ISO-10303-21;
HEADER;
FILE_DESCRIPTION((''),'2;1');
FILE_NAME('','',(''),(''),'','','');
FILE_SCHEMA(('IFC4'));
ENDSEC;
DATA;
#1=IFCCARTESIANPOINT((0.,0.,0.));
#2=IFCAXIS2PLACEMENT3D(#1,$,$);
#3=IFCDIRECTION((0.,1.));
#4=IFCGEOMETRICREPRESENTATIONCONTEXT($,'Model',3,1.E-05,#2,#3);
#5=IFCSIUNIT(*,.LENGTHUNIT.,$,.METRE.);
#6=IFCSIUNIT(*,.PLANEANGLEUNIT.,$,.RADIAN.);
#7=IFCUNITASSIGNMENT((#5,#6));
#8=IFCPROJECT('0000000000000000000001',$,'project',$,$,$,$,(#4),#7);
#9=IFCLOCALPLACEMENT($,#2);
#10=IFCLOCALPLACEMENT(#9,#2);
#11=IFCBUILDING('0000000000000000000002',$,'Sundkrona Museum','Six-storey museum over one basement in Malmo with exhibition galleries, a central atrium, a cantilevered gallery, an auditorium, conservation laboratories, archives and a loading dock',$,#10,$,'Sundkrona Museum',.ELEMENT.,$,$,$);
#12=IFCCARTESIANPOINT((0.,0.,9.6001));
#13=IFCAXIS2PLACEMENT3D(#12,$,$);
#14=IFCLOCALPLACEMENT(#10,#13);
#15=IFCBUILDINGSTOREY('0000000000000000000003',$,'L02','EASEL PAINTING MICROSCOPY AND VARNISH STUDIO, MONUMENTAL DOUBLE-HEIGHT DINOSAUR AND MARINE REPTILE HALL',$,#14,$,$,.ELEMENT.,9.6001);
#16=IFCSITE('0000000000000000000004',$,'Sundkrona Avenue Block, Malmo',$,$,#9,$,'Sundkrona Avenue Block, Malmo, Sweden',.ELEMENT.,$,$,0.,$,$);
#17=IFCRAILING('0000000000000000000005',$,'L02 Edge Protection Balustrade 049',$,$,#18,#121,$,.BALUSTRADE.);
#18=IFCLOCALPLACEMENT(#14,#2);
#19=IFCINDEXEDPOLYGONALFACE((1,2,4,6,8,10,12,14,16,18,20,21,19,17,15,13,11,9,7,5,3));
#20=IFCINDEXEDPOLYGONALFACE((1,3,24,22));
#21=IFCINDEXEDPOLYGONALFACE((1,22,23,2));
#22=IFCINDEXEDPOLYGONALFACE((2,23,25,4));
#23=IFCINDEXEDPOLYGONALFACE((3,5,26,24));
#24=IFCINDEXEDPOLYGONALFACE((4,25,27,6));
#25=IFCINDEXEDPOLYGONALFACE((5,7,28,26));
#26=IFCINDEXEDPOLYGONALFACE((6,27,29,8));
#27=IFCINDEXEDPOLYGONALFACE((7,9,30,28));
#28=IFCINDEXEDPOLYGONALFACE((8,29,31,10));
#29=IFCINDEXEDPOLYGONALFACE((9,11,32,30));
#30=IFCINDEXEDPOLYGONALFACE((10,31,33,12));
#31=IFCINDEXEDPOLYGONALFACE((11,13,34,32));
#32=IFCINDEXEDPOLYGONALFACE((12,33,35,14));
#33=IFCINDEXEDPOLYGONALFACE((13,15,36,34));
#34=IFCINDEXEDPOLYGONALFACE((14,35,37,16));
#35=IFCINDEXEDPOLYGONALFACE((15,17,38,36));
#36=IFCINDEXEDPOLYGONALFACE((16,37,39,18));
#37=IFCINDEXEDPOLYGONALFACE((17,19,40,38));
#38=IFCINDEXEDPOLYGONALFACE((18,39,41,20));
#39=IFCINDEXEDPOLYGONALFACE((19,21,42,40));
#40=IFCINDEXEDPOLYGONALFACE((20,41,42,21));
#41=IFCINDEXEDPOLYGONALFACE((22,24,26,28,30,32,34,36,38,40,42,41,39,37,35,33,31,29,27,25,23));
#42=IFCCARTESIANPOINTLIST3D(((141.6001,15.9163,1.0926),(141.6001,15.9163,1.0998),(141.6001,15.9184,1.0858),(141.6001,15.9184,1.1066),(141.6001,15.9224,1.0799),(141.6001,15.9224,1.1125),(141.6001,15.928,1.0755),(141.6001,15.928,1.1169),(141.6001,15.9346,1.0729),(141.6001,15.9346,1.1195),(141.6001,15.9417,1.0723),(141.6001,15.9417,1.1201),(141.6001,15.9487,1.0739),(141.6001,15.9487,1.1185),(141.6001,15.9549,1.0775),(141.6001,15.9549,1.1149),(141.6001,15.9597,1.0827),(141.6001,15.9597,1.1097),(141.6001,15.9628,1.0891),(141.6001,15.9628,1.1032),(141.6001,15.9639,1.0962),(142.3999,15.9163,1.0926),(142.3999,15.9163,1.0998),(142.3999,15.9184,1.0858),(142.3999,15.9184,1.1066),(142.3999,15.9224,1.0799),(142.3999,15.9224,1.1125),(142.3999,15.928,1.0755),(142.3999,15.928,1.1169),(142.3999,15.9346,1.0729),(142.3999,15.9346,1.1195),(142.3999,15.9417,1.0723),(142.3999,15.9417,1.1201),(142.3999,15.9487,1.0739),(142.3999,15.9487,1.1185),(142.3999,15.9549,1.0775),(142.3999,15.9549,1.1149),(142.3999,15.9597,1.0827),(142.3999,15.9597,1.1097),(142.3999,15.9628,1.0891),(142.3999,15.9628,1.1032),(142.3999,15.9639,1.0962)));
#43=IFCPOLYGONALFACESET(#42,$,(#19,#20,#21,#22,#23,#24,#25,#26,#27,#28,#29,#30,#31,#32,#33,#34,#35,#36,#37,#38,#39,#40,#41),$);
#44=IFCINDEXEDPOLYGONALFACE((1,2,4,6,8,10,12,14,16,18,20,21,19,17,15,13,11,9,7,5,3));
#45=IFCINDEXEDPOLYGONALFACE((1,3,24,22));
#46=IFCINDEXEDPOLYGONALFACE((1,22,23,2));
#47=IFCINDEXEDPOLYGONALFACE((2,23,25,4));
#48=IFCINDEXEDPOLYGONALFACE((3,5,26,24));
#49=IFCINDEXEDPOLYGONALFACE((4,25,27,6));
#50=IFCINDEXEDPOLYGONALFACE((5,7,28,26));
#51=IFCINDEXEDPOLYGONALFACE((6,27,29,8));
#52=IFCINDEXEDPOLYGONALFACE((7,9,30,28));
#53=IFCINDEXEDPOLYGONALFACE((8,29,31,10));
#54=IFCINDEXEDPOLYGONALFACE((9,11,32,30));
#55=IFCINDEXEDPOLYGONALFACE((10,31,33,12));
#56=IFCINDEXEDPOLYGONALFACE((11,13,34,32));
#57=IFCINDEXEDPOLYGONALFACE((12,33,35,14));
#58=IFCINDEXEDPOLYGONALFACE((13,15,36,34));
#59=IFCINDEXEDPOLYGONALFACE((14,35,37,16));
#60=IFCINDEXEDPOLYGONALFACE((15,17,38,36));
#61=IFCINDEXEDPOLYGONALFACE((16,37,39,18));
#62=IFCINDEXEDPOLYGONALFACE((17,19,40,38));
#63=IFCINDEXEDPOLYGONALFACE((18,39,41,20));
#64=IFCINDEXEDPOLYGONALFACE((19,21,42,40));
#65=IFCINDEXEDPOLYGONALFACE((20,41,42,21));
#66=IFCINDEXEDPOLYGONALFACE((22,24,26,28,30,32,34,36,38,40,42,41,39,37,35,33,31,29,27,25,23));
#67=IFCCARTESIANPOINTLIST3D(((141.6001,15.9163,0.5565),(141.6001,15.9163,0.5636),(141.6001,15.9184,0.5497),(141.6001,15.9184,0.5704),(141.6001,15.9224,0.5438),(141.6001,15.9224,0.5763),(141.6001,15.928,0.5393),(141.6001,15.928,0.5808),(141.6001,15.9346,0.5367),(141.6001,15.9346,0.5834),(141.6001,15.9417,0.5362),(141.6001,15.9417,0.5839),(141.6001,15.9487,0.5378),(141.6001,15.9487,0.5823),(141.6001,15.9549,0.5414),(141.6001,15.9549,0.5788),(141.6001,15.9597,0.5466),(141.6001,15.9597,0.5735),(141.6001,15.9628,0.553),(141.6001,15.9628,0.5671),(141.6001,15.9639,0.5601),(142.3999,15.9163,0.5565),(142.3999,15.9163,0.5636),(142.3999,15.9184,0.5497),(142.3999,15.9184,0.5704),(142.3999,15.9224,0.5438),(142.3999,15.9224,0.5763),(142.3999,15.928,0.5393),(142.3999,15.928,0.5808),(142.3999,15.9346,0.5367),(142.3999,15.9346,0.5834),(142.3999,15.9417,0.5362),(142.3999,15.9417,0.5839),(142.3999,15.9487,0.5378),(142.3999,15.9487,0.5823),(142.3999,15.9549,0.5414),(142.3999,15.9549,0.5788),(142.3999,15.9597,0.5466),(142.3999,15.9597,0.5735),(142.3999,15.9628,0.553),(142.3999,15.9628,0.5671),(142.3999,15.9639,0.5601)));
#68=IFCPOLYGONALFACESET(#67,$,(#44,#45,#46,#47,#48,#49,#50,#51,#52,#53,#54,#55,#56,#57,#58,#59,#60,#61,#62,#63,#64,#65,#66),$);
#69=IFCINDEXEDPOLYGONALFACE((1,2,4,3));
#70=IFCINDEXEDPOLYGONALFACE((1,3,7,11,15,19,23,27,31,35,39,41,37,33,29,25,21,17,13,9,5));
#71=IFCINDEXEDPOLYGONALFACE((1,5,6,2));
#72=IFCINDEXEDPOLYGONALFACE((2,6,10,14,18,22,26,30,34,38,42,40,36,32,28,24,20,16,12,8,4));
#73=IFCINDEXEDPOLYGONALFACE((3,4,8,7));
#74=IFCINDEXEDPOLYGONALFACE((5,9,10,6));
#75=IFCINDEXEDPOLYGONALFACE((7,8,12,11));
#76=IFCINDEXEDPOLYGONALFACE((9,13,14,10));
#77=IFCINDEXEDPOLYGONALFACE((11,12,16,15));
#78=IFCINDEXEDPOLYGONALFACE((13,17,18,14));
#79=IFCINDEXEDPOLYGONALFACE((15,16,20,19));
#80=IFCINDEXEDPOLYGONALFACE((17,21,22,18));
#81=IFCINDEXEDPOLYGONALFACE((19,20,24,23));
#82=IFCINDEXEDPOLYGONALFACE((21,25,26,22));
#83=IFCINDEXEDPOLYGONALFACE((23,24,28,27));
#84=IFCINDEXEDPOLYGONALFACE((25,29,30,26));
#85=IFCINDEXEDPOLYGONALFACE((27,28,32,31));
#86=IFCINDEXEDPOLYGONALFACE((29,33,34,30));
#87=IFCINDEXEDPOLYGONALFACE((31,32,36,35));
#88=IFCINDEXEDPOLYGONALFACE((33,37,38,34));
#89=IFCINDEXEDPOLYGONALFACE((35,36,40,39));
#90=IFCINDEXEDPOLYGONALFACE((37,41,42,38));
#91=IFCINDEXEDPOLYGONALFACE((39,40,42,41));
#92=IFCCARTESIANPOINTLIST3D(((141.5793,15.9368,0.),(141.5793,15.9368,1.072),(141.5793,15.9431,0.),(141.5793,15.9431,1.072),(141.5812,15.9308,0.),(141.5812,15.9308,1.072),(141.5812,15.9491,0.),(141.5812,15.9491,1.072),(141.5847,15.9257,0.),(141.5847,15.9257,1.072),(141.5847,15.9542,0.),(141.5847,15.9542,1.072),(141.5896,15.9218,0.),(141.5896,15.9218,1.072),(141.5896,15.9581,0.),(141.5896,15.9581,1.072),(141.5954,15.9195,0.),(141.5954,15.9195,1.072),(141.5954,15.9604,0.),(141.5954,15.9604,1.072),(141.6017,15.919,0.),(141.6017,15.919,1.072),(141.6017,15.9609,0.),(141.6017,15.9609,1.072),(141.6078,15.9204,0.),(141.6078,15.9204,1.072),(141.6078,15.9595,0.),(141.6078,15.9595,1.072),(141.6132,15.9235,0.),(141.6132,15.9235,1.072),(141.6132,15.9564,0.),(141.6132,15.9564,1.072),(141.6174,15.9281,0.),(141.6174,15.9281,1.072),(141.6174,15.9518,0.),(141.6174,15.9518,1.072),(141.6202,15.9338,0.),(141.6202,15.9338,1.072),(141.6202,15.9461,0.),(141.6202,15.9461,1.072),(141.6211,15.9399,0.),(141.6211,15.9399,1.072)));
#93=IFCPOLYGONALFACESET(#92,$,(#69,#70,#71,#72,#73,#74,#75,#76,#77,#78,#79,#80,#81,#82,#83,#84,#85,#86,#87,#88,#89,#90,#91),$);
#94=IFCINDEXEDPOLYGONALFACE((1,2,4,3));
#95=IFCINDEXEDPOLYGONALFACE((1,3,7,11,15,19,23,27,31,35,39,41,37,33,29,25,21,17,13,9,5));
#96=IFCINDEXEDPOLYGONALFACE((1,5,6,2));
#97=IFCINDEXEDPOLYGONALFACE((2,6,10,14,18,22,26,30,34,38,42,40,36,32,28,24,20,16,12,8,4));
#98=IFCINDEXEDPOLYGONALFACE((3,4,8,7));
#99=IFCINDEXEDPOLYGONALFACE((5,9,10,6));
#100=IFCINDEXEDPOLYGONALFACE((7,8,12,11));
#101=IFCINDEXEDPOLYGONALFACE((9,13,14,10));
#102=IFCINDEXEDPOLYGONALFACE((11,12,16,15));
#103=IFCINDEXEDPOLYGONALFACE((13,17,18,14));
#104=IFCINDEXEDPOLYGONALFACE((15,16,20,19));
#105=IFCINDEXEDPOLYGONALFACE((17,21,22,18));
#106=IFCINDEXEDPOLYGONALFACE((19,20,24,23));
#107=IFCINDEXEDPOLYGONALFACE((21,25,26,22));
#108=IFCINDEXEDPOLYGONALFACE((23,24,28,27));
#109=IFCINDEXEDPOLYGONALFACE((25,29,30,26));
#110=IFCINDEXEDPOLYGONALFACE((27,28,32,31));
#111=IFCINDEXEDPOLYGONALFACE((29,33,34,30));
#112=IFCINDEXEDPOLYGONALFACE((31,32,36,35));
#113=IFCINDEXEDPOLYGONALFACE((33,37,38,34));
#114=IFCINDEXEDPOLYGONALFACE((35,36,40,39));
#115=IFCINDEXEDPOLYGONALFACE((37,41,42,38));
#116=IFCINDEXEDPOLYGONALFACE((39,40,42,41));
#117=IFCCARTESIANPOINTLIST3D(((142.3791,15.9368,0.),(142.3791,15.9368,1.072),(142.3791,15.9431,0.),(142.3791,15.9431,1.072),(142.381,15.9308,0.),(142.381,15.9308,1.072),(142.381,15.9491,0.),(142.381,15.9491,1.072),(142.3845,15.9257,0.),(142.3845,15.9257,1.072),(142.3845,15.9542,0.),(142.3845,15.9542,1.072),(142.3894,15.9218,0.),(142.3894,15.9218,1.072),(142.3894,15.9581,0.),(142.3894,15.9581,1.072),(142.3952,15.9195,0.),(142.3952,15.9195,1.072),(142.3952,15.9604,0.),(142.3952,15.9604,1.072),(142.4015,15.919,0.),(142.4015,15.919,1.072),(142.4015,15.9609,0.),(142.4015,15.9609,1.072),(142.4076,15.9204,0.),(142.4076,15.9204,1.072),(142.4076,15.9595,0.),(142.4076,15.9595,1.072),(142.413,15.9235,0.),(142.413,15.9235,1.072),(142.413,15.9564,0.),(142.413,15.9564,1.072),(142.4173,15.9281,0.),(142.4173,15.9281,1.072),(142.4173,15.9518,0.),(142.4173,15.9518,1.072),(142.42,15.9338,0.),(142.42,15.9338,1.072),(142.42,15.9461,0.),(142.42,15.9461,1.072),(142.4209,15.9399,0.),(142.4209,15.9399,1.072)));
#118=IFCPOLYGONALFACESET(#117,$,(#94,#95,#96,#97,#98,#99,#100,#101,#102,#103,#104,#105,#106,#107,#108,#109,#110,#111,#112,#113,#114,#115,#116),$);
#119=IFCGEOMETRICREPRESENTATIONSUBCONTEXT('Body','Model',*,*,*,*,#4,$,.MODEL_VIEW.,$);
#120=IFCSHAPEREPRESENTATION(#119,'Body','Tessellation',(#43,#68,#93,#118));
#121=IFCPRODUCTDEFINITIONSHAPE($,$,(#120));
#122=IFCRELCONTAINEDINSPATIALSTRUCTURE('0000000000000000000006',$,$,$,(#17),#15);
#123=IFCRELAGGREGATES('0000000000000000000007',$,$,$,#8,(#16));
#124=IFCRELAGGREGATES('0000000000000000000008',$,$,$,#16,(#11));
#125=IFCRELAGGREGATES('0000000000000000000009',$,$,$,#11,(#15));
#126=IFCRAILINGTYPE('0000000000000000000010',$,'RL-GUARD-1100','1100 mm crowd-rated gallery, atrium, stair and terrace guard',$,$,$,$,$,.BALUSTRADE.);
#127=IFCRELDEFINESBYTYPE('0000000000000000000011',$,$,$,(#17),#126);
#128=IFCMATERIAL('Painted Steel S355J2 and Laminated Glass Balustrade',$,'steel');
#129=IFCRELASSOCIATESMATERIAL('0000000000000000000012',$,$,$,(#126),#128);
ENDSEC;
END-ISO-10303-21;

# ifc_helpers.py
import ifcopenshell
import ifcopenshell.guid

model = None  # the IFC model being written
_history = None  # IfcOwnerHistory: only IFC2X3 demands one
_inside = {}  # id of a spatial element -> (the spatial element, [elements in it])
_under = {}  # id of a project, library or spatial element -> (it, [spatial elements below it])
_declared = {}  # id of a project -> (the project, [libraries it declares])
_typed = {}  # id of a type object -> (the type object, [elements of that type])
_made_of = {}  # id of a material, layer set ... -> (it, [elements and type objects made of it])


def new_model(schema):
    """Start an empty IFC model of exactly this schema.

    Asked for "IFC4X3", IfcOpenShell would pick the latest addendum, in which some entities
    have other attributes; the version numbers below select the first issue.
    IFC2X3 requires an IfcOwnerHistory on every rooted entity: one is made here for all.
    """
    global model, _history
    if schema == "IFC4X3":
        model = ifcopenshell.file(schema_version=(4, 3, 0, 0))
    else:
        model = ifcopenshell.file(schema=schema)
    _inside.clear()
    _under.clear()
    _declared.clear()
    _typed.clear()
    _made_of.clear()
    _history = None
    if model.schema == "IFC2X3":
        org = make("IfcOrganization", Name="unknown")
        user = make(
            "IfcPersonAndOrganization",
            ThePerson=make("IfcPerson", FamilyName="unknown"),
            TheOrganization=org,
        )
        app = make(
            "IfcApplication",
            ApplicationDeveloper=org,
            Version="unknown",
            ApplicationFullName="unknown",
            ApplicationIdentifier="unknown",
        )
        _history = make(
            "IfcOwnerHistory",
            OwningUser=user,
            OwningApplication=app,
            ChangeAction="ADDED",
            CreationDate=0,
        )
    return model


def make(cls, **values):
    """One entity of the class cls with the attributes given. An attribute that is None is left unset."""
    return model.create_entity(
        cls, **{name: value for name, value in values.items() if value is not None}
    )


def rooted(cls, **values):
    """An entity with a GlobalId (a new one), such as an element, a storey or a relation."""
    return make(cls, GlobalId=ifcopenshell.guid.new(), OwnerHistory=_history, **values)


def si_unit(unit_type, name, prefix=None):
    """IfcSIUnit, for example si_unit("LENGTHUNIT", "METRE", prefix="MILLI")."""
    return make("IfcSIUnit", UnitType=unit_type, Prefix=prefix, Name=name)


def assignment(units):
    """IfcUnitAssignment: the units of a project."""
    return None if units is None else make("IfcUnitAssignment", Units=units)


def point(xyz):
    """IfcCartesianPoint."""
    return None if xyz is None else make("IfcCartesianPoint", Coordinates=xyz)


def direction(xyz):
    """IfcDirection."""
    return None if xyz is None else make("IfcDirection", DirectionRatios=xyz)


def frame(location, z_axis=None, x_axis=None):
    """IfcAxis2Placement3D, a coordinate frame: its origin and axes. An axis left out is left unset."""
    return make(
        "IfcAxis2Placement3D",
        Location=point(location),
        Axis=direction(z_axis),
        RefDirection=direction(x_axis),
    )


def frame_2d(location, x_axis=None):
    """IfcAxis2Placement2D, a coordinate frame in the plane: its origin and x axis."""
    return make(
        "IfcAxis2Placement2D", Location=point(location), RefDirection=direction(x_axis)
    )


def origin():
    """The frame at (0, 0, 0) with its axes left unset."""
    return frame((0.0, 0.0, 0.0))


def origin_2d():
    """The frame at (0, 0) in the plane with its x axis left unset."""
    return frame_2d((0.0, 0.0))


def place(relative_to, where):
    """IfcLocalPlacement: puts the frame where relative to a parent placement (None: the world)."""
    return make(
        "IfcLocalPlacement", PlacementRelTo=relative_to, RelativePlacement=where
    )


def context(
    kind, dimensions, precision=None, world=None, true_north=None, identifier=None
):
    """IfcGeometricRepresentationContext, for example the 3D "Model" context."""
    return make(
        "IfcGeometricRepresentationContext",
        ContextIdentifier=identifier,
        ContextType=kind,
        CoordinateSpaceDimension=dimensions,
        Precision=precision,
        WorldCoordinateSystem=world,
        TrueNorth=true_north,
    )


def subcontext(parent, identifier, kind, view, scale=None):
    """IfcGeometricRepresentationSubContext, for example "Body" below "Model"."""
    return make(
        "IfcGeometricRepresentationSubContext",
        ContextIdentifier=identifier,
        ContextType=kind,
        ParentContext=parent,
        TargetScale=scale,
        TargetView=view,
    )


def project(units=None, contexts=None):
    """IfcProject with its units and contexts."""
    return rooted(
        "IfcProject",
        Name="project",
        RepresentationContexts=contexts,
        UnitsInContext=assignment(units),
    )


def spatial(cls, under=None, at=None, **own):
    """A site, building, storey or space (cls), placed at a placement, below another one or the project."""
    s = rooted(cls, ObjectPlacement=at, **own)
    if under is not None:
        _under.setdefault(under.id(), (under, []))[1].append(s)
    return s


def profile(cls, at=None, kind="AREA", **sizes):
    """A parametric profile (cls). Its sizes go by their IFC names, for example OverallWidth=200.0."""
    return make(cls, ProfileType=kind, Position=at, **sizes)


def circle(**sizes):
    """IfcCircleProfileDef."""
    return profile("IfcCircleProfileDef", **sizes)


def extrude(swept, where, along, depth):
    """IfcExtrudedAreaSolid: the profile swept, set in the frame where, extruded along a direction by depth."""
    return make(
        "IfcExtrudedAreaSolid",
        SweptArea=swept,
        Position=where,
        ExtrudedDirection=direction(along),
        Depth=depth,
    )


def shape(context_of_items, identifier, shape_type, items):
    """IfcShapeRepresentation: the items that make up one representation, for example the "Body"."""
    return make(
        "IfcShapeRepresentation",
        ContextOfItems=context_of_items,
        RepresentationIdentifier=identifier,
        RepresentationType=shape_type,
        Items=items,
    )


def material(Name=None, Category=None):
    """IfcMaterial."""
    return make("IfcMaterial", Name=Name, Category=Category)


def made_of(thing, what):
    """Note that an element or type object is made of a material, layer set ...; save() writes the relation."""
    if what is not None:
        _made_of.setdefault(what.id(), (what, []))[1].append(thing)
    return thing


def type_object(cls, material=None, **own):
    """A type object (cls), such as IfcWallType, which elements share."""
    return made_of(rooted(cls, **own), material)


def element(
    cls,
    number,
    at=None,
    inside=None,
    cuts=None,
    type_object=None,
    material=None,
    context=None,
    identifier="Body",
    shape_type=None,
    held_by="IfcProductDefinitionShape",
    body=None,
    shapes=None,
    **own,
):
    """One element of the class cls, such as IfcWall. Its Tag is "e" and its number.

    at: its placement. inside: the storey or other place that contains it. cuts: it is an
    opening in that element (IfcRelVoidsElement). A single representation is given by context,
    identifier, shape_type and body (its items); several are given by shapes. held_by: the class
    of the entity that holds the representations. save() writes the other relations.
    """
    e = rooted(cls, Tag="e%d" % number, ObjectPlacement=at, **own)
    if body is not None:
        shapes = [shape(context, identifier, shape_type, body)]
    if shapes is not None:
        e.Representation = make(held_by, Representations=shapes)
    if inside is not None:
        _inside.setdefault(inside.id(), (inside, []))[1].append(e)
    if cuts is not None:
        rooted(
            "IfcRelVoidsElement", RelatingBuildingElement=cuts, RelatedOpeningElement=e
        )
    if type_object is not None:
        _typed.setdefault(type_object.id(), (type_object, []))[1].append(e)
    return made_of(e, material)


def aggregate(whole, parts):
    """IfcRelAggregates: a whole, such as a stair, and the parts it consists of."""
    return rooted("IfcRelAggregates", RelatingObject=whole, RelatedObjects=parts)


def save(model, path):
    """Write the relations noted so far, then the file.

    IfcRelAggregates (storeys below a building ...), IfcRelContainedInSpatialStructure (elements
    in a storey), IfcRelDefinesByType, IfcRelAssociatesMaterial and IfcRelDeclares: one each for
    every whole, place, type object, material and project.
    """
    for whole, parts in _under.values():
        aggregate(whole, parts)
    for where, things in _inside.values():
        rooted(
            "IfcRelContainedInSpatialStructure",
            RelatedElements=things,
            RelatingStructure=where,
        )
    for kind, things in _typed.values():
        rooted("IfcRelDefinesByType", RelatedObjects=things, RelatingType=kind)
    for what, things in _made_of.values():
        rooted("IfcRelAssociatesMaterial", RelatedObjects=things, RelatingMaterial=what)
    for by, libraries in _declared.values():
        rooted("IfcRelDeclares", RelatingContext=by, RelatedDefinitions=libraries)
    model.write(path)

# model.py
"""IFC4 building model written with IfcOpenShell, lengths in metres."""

from ifc_helpers import new_model, si_unit, direction, frame, origin, origin_2d, place, context, subcontext, project, spatial, circle, extrude, material, type_object, element, save


model = new_model("IFC4")

# Units and contexts
model_context = context("Model", 3, precision=1e-05, world=origin(), true_north=direction((0.0, 1.0)))
body_context = subcontext(model_context, "Body", "Model", "MODEL_VIEW")
ifc_project = project(units=[si_unit("LENGTHUNIT", "METRE"), si_unit("PLANEANGLEUNIT", "RADIAN")], contexts=[model_context])

# Site, building, storey
site_placement = place(None, origin())
site = spatial("IfcSite", under=ifc_project, at=site_placement, Name="Sundkrona Avenue Block, Malmo", LongName="Sundkrona Avenue Block, Malmo, Sweden", CompositionType="ELEMENT", RefElevation=0.0)
building_placement = place(site_placement, origin())
building = spatial("IfcBuilding", under=site, at=building_placement, Name="Sundkrona Museum", Description="Six-storey museum over one basement in Malmo with exhibition galleries, a central atrium, a cantilevered gallery, an auditorium, conservation laboratories, archives and a loading dock", LongName="Sundkrona Museum", CompositionType="ELEMENT")
storey_placement = place(building_placement, frame((0.0, 0.0, 9.6001)))
storey = spatial("IfcBuildingStorey", under=building, at=storey_placement, Name="L02", Description="EASEL PAINTING MICROSCOPY AND VARNISH STUDIO, MONUMENTAL DOUBLE-HEIGHT DINOSAUR AND MARINE REPTILE HALL", CompositionType="ELEMENT", Elevation=9.6001)

# Railing
ifc_material_1 = material(Name="Painted Steel S355J2 and Laminated Glass Balustrade", Category="steel")
railing_type = type_object("IfcRailingType", Name="RL-GUARD-1100", Description="1100 mm crowd-rated gallery, atrium, stair and terrace guard", PredefinedType="BALUSTRADE", material=ifc_material_1)
railing_placement = place(storey_placement, frame((141.6001, 15.9399, 0.0)))
element("IfcRailing", 1, at=railing_placement, inside=storey, type_object=railing_type, Name="L02 Edge Protection Balustrade 049", PredefinedType="BALUSTRADE", context=body_context, shape_type="SweptSolid", body=[
    extrude(circle(Radius=0.0239, at=origin_2d()), frame((0.0, 0.0, 1.0962), z_axis=(1.0, 0.0, 0.0), x_axis=(0.0, 1.0, 0.0)), (0.0, 0.0, 1.0), 0.7998),
    extrude(circle(Radius=0.0239, at=origin_2d()), frame((0.0, 0.0, 0.5601), z_axis=(1.0, 0.0, 0.0), x_axis=(0.0, 1.0, 0.0)), (0.0, 0.0, 1.0), 0.7998),
    extrude(circle(Radius=0.021, at=origin_2d()), origin(), (0.0, 0.0, 1.0), 1.072),
    extrude(circle(Radius=0.021, at=origin_2d()), frame((0.7998, 0.0, 0.0)), (0.0, 0.0, 1.0), 1.072),
])

save(model, "model.ifc")
